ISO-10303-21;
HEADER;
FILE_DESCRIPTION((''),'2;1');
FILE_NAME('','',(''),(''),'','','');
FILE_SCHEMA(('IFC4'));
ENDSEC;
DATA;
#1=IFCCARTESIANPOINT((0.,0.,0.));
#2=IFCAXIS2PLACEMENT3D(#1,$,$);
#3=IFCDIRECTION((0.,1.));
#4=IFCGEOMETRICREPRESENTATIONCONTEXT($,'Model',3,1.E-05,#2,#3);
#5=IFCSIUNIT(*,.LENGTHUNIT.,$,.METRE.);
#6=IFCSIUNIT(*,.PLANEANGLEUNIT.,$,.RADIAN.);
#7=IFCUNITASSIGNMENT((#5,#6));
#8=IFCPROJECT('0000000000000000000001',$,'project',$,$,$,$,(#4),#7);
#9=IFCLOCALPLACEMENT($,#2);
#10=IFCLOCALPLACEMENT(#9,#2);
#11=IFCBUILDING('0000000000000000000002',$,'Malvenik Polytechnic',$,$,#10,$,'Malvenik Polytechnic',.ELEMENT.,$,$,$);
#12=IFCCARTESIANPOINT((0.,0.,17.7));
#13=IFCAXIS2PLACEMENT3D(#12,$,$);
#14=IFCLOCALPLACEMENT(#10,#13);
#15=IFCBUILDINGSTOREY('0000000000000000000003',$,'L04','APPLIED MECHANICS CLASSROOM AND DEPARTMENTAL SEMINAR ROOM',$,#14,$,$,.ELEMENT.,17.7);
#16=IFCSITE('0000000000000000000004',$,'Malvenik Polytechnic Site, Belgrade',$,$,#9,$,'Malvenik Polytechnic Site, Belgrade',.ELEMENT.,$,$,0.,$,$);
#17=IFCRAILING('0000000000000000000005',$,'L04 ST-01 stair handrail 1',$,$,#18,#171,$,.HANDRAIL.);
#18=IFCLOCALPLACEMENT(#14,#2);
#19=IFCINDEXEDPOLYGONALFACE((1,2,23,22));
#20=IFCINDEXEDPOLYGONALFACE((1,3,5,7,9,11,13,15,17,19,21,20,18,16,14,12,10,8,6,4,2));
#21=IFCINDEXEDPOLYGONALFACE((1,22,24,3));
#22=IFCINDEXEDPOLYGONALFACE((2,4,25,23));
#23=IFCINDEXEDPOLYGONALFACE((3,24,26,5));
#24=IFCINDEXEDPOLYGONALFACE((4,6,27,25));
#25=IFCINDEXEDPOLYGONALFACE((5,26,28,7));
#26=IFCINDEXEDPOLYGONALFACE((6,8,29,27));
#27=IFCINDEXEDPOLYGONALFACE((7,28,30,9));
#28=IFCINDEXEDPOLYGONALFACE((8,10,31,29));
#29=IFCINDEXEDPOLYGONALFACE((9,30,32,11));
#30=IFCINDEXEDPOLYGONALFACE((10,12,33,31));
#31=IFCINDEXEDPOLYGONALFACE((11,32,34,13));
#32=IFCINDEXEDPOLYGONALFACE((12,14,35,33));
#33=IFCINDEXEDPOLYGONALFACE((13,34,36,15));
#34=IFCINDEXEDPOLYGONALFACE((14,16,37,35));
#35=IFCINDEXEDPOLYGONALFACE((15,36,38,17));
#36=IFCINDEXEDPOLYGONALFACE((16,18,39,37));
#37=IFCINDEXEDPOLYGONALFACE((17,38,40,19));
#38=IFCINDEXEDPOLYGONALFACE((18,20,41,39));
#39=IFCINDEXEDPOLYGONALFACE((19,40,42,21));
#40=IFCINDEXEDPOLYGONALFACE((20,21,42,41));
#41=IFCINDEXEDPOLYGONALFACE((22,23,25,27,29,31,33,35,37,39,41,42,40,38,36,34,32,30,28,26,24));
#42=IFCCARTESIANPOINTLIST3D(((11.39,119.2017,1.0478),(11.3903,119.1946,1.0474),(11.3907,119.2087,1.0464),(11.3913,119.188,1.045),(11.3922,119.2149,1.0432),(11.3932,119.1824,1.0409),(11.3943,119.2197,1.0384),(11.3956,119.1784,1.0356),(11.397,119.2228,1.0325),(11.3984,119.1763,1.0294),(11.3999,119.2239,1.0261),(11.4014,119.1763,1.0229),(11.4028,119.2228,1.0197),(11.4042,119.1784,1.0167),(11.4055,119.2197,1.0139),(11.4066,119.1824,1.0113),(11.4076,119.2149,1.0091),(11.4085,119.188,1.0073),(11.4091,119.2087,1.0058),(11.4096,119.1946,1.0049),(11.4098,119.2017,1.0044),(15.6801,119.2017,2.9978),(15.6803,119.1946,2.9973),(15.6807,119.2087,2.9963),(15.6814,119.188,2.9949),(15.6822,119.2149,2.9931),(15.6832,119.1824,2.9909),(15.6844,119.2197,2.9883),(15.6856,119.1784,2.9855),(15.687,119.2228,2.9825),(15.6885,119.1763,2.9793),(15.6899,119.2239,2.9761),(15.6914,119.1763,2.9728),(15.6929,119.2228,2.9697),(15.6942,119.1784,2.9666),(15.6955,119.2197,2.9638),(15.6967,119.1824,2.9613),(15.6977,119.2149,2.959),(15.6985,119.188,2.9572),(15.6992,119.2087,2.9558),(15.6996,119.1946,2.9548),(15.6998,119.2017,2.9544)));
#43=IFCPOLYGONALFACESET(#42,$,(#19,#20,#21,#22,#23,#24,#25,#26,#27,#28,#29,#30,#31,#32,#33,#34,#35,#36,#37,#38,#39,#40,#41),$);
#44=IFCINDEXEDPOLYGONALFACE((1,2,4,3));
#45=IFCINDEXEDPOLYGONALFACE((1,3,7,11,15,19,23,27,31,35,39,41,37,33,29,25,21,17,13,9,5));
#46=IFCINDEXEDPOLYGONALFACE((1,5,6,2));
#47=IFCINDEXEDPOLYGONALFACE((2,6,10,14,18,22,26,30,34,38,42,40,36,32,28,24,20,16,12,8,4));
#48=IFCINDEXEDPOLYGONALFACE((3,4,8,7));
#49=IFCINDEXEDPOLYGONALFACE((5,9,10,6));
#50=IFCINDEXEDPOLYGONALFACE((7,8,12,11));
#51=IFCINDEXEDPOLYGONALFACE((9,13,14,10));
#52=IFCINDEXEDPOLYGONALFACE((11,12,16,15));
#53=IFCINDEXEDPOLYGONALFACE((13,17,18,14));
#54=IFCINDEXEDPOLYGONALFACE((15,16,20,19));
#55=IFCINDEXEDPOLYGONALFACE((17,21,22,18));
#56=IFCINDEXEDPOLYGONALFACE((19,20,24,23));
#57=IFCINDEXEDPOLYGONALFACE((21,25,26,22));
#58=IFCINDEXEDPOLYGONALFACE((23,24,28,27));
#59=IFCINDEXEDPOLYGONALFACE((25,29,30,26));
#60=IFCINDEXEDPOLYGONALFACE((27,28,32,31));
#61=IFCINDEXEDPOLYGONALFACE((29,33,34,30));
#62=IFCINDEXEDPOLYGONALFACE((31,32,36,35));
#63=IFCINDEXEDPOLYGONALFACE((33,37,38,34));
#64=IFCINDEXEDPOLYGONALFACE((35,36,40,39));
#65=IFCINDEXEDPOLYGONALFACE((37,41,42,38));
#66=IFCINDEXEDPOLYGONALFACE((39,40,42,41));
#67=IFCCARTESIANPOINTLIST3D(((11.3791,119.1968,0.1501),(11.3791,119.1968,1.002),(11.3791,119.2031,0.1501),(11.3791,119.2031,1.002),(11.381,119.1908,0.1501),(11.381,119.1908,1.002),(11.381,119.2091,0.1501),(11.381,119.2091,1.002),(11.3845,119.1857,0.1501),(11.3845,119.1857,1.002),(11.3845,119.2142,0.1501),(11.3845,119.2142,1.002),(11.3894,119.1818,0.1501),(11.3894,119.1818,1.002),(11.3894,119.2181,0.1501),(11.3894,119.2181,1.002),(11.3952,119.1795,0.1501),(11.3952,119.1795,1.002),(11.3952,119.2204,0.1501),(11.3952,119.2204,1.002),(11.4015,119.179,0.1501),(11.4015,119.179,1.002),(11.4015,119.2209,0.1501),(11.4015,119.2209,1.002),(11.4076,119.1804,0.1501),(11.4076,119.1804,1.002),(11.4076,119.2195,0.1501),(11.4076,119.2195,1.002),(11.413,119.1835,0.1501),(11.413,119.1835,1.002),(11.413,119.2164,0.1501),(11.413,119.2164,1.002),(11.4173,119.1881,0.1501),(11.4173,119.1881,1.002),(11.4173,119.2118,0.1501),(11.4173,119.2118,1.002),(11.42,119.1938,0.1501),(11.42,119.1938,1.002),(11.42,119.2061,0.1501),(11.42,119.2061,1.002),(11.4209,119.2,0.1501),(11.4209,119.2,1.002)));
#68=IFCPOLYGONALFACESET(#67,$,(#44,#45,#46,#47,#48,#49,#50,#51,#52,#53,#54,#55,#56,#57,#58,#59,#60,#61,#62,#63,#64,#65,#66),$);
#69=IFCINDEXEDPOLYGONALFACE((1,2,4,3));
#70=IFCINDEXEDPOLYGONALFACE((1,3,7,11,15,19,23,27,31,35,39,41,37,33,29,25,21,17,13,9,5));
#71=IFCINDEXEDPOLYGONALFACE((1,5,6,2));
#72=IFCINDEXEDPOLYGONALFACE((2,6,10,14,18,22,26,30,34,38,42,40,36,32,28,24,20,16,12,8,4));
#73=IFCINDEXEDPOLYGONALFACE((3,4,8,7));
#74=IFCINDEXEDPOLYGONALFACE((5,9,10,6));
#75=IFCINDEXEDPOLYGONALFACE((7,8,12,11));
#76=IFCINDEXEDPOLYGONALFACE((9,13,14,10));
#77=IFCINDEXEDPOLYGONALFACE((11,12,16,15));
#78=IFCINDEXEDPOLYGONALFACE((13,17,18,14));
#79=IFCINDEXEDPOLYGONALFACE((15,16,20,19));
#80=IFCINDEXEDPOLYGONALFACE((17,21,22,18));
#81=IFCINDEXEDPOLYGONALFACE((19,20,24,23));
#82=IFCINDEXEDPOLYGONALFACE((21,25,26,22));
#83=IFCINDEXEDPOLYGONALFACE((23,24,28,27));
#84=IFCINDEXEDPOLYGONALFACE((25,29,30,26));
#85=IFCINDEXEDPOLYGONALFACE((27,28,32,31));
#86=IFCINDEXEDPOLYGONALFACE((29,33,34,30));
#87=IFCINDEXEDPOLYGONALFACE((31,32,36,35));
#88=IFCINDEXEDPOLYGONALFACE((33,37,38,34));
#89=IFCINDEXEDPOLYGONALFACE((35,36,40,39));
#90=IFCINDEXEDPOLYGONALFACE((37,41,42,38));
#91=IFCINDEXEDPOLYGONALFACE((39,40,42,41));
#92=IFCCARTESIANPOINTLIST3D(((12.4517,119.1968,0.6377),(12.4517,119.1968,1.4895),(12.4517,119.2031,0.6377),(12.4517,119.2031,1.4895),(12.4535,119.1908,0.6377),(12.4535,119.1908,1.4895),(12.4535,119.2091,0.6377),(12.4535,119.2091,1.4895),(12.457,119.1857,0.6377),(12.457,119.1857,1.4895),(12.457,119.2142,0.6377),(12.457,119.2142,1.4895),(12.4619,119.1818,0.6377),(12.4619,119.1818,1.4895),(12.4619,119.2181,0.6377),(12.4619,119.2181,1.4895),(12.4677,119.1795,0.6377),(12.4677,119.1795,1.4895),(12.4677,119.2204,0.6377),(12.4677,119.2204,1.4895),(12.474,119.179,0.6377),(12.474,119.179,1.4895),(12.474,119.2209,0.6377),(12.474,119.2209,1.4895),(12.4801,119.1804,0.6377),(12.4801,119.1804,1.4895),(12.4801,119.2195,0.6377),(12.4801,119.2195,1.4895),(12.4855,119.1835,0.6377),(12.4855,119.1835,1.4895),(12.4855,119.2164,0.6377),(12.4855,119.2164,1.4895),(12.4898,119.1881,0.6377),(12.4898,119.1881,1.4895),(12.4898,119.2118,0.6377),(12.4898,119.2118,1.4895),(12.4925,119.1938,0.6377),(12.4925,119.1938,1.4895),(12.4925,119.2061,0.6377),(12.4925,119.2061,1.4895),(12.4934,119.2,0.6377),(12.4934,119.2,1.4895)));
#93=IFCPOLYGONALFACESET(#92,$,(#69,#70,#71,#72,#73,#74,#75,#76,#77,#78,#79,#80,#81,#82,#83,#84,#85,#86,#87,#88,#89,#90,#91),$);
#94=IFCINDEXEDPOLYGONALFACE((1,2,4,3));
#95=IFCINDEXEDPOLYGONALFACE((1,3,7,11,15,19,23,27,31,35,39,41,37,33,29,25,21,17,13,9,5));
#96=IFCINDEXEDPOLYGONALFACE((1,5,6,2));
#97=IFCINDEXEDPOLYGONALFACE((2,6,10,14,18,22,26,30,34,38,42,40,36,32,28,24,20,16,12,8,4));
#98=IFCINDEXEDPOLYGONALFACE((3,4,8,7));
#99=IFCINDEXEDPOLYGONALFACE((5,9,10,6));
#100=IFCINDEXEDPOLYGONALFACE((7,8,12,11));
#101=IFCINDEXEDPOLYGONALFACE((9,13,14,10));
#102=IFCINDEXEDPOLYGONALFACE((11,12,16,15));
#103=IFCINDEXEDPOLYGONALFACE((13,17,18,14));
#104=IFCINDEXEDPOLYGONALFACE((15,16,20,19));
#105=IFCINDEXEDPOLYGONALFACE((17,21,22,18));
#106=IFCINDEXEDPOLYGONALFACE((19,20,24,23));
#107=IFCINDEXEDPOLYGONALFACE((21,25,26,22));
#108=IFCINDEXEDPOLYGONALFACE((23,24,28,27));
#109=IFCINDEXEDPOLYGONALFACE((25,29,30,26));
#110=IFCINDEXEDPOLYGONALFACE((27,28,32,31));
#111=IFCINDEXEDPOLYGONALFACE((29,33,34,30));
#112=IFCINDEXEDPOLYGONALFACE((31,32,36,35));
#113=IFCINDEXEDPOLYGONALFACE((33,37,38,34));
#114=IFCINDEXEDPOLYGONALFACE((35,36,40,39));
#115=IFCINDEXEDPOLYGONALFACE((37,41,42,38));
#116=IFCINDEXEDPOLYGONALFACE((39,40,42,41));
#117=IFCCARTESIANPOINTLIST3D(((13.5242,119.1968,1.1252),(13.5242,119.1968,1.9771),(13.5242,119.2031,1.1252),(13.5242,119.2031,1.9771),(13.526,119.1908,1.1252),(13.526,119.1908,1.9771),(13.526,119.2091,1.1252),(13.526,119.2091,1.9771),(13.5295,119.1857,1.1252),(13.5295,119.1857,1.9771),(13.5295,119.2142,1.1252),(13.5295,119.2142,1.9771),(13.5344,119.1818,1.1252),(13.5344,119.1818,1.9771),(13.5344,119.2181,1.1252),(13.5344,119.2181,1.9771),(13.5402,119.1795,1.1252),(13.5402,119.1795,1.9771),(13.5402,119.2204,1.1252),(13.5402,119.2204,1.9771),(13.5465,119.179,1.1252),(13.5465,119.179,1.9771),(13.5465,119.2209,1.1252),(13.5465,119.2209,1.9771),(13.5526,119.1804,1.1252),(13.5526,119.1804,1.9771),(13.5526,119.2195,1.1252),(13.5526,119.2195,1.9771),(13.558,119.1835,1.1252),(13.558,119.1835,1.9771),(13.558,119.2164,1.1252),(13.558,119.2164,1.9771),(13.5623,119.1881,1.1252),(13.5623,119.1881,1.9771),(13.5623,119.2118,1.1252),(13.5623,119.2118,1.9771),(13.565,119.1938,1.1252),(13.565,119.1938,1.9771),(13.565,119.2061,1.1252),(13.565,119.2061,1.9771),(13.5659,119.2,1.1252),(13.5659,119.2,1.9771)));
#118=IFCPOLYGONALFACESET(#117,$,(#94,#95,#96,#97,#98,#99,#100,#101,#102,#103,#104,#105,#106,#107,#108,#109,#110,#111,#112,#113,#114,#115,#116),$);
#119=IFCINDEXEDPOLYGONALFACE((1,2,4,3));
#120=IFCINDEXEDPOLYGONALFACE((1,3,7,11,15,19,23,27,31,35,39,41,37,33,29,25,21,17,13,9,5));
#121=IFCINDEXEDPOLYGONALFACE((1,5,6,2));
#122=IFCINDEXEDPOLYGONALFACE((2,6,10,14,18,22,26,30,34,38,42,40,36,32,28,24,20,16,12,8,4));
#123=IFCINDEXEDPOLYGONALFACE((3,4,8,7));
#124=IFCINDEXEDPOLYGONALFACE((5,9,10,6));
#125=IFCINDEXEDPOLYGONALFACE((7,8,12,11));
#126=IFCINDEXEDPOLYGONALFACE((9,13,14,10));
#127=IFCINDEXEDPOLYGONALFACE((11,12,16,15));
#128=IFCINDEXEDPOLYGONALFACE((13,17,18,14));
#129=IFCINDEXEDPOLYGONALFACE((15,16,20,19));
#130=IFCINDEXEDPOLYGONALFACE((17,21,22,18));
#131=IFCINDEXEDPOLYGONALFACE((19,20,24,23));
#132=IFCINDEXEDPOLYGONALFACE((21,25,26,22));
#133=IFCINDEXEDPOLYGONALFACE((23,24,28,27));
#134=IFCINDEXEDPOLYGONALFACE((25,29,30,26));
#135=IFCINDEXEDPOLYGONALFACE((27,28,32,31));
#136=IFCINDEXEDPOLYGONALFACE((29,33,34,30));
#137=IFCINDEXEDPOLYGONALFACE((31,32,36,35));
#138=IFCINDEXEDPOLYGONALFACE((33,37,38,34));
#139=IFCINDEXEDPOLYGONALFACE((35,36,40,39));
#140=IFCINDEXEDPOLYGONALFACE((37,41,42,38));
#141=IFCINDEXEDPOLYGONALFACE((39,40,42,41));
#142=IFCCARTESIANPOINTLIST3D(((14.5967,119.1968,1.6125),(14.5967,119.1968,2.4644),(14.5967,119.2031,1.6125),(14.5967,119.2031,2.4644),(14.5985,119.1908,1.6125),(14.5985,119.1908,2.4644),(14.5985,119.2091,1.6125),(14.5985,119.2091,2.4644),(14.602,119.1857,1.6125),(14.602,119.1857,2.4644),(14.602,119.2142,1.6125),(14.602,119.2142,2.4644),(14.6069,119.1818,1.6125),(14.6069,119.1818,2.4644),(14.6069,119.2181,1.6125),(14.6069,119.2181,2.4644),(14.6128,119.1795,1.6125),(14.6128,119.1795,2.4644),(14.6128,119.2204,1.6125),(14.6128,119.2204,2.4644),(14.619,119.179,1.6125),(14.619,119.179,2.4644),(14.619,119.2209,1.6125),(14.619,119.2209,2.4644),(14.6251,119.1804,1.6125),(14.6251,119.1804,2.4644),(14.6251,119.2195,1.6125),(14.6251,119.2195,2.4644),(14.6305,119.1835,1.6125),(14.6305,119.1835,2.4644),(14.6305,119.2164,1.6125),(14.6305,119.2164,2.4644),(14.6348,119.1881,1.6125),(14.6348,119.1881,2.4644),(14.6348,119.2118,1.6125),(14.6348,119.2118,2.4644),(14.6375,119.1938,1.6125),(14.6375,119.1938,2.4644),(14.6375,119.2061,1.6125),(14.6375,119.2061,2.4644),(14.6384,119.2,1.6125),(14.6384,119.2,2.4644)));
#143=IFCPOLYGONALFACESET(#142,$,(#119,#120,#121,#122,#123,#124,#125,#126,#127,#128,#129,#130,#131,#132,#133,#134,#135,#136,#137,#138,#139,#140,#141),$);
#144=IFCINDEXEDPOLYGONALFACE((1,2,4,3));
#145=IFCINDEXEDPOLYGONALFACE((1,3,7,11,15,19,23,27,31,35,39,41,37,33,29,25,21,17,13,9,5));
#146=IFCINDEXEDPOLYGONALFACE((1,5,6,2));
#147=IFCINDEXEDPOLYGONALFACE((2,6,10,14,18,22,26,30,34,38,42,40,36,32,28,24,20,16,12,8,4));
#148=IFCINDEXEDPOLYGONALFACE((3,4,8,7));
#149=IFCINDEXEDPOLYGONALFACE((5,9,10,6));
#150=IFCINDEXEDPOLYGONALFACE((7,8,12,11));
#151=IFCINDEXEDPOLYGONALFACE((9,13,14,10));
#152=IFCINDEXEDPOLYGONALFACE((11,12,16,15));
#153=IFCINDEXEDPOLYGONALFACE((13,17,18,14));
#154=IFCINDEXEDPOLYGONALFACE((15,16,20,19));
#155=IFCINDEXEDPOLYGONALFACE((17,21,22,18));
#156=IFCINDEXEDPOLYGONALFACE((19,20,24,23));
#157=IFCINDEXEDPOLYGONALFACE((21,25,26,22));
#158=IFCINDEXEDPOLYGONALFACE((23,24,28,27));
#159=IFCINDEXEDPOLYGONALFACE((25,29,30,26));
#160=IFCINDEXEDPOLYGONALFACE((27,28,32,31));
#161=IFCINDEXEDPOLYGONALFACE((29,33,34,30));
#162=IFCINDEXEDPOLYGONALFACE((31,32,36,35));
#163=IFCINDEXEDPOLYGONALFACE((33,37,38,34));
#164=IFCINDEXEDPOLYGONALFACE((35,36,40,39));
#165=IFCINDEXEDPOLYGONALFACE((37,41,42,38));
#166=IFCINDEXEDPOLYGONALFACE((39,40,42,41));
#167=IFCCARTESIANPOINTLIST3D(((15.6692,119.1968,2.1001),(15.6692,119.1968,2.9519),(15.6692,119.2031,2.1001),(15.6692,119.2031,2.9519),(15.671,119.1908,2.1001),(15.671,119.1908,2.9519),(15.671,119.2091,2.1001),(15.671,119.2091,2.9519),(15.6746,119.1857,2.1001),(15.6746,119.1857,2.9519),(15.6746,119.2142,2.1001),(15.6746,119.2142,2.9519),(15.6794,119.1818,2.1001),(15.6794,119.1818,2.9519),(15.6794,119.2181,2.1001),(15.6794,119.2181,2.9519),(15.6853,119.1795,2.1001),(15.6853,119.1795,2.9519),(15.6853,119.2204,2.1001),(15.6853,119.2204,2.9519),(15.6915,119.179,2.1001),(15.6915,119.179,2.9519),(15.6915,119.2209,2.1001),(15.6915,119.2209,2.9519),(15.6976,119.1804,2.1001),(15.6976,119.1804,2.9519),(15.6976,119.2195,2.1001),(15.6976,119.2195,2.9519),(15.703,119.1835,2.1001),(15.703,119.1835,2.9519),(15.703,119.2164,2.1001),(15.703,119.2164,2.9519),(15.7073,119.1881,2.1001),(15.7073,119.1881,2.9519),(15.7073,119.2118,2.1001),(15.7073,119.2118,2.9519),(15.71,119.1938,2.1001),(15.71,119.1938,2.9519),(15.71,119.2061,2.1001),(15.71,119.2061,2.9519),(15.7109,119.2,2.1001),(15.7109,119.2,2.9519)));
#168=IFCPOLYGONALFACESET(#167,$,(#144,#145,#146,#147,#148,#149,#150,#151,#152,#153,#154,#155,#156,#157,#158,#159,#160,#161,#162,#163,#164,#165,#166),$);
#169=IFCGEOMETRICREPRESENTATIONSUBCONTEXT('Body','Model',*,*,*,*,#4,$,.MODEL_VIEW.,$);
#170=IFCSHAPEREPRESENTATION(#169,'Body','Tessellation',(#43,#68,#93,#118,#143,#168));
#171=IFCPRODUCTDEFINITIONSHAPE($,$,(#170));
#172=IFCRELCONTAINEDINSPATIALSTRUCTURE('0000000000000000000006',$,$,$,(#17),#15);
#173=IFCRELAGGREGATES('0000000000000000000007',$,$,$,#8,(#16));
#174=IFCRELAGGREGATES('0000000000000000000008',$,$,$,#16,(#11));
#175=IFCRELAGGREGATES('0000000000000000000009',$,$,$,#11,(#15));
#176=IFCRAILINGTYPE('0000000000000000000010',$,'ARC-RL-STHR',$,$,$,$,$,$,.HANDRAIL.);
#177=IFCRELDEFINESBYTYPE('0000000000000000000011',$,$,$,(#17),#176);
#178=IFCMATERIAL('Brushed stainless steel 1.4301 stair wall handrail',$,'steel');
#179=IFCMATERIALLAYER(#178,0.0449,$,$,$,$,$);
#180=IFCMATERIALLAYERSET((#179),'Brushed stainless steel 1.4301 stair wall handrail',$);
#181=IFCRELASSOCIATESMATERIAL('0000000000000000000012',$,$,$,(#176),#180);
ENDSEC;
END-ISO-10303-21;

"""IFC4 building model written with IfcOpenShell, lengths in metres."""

from ifc_helpers import new_model, si_unit, direction, frame, origin, origin_2d, place, context, subcontext, project, spatial, circle, extrude, material, layer, layer_set, type_object, element, save


model = new_model("IFC4")

# Units and contexts
model_context = context("Model", 3, precision=1e-05, world=origin(), true_north=direction((0.0, 1.0)))
body_context = subcontext(model_context, "Body", "Model", "MODEL_VIEW")
ifc_project = project(units=[si_unit("LENGTHUNIT", "METRE"), si_unit("PLANEANGLEUNIT", "RADIAN")], contexts=[model_context])

# Site, building, storey
site_placement = place(None, origin())
site = spatial("IfcSite", under=ifc_project, at=site_placement, Name="Malvenik Polytechnic Site, Belgrade", LongName="Malvenik Polytechnic Site, Belgrade", CompositionType="ELEMENT", RefElevation=0.0)
building_placement = place(site_placement, origin())
building = spatial("IfcBuilding", under=site, at=building_placement, Name="Malvenik Polytechnic", LongName="Malvenik Polytechnic", CompositionType="ELEMENT")
storey_placement = place(building_placement, frame((0.0, 0.0, 17.7)))
storey = spatial("IfcBuildingStorey", under=building, at=storey_placement, Name="L04", Description="APPLIED MECHANICS CLASSROOM AND DEPARTMENTAL SEMINAR ROOM", CompositionType="ELEMENT", Elevation=17.7)

# Railing
ifc_material_1 = material(Name="Brushed stainless steel 1.4301 stair wall handrail", Category="steel")
ifc_layer_1 = layer(ifc_material_1, 0.0449)
ifc_layer_set_1 = layer_set([ifc_layer_1], Name="Brushed stainless steel 1.4301 stair wall handrail")
railing_type_1 = type_object("IfcRailingType", Name="ARC-RL-STHR", PredefinedType="HANDRAIL", material=ifc_layer_set_1)
railing_1_placement = place(storey_placement, frame((11.3999, 119.2, 0.1501)))
element("IfcRailing", 1, at=railing_1_placement, inside=storey, type_object=railing_type_1, Name="L04 ST-01 stair handrail 1", PredefinedType="HANDRAIL", context=body_context, shape_type="SweptSolid", body=[
    extrude(circle(Radius=0.0239, at=origin_2d()), frame((0.0, 0.0, 0.876), z_axis=(0.910372, 0.0, 0.413791), x_axis=(0.0, 1.0, 0.0)), (0.0, 0.0, 1.0), 4.7124),
    extrude(circle(Radius=0.021, at=origin_2d()), origin(), (0.0, 0.0, 1.0), 0.8518),
    extrude(circle(Radius=0.021, at=origin_2d()), frame((1.0725, 0.0, 0.4875)), (0.0, 0.0, 1.0), 0.8518),
    extrude(circle(Radius=0.021, at=origin_2d()), frame((2.145, 0.0, 0.9751)), (0.0, 0.0, 1.0), 0.8518),
    extrude(circle(Radius=0.021, at=origin_2d()), frame((3.2175, 0.0, 1.4624)), (0.0, 0.0, 1.0), 0.8518),
    extrude(circle(Radius=0.021, at=origin_2d()), frame((4.29, 0.0, 1.95)), (0.0, 0.0, 1.0), 0.8518),
])

save(model, "model.ifc")
